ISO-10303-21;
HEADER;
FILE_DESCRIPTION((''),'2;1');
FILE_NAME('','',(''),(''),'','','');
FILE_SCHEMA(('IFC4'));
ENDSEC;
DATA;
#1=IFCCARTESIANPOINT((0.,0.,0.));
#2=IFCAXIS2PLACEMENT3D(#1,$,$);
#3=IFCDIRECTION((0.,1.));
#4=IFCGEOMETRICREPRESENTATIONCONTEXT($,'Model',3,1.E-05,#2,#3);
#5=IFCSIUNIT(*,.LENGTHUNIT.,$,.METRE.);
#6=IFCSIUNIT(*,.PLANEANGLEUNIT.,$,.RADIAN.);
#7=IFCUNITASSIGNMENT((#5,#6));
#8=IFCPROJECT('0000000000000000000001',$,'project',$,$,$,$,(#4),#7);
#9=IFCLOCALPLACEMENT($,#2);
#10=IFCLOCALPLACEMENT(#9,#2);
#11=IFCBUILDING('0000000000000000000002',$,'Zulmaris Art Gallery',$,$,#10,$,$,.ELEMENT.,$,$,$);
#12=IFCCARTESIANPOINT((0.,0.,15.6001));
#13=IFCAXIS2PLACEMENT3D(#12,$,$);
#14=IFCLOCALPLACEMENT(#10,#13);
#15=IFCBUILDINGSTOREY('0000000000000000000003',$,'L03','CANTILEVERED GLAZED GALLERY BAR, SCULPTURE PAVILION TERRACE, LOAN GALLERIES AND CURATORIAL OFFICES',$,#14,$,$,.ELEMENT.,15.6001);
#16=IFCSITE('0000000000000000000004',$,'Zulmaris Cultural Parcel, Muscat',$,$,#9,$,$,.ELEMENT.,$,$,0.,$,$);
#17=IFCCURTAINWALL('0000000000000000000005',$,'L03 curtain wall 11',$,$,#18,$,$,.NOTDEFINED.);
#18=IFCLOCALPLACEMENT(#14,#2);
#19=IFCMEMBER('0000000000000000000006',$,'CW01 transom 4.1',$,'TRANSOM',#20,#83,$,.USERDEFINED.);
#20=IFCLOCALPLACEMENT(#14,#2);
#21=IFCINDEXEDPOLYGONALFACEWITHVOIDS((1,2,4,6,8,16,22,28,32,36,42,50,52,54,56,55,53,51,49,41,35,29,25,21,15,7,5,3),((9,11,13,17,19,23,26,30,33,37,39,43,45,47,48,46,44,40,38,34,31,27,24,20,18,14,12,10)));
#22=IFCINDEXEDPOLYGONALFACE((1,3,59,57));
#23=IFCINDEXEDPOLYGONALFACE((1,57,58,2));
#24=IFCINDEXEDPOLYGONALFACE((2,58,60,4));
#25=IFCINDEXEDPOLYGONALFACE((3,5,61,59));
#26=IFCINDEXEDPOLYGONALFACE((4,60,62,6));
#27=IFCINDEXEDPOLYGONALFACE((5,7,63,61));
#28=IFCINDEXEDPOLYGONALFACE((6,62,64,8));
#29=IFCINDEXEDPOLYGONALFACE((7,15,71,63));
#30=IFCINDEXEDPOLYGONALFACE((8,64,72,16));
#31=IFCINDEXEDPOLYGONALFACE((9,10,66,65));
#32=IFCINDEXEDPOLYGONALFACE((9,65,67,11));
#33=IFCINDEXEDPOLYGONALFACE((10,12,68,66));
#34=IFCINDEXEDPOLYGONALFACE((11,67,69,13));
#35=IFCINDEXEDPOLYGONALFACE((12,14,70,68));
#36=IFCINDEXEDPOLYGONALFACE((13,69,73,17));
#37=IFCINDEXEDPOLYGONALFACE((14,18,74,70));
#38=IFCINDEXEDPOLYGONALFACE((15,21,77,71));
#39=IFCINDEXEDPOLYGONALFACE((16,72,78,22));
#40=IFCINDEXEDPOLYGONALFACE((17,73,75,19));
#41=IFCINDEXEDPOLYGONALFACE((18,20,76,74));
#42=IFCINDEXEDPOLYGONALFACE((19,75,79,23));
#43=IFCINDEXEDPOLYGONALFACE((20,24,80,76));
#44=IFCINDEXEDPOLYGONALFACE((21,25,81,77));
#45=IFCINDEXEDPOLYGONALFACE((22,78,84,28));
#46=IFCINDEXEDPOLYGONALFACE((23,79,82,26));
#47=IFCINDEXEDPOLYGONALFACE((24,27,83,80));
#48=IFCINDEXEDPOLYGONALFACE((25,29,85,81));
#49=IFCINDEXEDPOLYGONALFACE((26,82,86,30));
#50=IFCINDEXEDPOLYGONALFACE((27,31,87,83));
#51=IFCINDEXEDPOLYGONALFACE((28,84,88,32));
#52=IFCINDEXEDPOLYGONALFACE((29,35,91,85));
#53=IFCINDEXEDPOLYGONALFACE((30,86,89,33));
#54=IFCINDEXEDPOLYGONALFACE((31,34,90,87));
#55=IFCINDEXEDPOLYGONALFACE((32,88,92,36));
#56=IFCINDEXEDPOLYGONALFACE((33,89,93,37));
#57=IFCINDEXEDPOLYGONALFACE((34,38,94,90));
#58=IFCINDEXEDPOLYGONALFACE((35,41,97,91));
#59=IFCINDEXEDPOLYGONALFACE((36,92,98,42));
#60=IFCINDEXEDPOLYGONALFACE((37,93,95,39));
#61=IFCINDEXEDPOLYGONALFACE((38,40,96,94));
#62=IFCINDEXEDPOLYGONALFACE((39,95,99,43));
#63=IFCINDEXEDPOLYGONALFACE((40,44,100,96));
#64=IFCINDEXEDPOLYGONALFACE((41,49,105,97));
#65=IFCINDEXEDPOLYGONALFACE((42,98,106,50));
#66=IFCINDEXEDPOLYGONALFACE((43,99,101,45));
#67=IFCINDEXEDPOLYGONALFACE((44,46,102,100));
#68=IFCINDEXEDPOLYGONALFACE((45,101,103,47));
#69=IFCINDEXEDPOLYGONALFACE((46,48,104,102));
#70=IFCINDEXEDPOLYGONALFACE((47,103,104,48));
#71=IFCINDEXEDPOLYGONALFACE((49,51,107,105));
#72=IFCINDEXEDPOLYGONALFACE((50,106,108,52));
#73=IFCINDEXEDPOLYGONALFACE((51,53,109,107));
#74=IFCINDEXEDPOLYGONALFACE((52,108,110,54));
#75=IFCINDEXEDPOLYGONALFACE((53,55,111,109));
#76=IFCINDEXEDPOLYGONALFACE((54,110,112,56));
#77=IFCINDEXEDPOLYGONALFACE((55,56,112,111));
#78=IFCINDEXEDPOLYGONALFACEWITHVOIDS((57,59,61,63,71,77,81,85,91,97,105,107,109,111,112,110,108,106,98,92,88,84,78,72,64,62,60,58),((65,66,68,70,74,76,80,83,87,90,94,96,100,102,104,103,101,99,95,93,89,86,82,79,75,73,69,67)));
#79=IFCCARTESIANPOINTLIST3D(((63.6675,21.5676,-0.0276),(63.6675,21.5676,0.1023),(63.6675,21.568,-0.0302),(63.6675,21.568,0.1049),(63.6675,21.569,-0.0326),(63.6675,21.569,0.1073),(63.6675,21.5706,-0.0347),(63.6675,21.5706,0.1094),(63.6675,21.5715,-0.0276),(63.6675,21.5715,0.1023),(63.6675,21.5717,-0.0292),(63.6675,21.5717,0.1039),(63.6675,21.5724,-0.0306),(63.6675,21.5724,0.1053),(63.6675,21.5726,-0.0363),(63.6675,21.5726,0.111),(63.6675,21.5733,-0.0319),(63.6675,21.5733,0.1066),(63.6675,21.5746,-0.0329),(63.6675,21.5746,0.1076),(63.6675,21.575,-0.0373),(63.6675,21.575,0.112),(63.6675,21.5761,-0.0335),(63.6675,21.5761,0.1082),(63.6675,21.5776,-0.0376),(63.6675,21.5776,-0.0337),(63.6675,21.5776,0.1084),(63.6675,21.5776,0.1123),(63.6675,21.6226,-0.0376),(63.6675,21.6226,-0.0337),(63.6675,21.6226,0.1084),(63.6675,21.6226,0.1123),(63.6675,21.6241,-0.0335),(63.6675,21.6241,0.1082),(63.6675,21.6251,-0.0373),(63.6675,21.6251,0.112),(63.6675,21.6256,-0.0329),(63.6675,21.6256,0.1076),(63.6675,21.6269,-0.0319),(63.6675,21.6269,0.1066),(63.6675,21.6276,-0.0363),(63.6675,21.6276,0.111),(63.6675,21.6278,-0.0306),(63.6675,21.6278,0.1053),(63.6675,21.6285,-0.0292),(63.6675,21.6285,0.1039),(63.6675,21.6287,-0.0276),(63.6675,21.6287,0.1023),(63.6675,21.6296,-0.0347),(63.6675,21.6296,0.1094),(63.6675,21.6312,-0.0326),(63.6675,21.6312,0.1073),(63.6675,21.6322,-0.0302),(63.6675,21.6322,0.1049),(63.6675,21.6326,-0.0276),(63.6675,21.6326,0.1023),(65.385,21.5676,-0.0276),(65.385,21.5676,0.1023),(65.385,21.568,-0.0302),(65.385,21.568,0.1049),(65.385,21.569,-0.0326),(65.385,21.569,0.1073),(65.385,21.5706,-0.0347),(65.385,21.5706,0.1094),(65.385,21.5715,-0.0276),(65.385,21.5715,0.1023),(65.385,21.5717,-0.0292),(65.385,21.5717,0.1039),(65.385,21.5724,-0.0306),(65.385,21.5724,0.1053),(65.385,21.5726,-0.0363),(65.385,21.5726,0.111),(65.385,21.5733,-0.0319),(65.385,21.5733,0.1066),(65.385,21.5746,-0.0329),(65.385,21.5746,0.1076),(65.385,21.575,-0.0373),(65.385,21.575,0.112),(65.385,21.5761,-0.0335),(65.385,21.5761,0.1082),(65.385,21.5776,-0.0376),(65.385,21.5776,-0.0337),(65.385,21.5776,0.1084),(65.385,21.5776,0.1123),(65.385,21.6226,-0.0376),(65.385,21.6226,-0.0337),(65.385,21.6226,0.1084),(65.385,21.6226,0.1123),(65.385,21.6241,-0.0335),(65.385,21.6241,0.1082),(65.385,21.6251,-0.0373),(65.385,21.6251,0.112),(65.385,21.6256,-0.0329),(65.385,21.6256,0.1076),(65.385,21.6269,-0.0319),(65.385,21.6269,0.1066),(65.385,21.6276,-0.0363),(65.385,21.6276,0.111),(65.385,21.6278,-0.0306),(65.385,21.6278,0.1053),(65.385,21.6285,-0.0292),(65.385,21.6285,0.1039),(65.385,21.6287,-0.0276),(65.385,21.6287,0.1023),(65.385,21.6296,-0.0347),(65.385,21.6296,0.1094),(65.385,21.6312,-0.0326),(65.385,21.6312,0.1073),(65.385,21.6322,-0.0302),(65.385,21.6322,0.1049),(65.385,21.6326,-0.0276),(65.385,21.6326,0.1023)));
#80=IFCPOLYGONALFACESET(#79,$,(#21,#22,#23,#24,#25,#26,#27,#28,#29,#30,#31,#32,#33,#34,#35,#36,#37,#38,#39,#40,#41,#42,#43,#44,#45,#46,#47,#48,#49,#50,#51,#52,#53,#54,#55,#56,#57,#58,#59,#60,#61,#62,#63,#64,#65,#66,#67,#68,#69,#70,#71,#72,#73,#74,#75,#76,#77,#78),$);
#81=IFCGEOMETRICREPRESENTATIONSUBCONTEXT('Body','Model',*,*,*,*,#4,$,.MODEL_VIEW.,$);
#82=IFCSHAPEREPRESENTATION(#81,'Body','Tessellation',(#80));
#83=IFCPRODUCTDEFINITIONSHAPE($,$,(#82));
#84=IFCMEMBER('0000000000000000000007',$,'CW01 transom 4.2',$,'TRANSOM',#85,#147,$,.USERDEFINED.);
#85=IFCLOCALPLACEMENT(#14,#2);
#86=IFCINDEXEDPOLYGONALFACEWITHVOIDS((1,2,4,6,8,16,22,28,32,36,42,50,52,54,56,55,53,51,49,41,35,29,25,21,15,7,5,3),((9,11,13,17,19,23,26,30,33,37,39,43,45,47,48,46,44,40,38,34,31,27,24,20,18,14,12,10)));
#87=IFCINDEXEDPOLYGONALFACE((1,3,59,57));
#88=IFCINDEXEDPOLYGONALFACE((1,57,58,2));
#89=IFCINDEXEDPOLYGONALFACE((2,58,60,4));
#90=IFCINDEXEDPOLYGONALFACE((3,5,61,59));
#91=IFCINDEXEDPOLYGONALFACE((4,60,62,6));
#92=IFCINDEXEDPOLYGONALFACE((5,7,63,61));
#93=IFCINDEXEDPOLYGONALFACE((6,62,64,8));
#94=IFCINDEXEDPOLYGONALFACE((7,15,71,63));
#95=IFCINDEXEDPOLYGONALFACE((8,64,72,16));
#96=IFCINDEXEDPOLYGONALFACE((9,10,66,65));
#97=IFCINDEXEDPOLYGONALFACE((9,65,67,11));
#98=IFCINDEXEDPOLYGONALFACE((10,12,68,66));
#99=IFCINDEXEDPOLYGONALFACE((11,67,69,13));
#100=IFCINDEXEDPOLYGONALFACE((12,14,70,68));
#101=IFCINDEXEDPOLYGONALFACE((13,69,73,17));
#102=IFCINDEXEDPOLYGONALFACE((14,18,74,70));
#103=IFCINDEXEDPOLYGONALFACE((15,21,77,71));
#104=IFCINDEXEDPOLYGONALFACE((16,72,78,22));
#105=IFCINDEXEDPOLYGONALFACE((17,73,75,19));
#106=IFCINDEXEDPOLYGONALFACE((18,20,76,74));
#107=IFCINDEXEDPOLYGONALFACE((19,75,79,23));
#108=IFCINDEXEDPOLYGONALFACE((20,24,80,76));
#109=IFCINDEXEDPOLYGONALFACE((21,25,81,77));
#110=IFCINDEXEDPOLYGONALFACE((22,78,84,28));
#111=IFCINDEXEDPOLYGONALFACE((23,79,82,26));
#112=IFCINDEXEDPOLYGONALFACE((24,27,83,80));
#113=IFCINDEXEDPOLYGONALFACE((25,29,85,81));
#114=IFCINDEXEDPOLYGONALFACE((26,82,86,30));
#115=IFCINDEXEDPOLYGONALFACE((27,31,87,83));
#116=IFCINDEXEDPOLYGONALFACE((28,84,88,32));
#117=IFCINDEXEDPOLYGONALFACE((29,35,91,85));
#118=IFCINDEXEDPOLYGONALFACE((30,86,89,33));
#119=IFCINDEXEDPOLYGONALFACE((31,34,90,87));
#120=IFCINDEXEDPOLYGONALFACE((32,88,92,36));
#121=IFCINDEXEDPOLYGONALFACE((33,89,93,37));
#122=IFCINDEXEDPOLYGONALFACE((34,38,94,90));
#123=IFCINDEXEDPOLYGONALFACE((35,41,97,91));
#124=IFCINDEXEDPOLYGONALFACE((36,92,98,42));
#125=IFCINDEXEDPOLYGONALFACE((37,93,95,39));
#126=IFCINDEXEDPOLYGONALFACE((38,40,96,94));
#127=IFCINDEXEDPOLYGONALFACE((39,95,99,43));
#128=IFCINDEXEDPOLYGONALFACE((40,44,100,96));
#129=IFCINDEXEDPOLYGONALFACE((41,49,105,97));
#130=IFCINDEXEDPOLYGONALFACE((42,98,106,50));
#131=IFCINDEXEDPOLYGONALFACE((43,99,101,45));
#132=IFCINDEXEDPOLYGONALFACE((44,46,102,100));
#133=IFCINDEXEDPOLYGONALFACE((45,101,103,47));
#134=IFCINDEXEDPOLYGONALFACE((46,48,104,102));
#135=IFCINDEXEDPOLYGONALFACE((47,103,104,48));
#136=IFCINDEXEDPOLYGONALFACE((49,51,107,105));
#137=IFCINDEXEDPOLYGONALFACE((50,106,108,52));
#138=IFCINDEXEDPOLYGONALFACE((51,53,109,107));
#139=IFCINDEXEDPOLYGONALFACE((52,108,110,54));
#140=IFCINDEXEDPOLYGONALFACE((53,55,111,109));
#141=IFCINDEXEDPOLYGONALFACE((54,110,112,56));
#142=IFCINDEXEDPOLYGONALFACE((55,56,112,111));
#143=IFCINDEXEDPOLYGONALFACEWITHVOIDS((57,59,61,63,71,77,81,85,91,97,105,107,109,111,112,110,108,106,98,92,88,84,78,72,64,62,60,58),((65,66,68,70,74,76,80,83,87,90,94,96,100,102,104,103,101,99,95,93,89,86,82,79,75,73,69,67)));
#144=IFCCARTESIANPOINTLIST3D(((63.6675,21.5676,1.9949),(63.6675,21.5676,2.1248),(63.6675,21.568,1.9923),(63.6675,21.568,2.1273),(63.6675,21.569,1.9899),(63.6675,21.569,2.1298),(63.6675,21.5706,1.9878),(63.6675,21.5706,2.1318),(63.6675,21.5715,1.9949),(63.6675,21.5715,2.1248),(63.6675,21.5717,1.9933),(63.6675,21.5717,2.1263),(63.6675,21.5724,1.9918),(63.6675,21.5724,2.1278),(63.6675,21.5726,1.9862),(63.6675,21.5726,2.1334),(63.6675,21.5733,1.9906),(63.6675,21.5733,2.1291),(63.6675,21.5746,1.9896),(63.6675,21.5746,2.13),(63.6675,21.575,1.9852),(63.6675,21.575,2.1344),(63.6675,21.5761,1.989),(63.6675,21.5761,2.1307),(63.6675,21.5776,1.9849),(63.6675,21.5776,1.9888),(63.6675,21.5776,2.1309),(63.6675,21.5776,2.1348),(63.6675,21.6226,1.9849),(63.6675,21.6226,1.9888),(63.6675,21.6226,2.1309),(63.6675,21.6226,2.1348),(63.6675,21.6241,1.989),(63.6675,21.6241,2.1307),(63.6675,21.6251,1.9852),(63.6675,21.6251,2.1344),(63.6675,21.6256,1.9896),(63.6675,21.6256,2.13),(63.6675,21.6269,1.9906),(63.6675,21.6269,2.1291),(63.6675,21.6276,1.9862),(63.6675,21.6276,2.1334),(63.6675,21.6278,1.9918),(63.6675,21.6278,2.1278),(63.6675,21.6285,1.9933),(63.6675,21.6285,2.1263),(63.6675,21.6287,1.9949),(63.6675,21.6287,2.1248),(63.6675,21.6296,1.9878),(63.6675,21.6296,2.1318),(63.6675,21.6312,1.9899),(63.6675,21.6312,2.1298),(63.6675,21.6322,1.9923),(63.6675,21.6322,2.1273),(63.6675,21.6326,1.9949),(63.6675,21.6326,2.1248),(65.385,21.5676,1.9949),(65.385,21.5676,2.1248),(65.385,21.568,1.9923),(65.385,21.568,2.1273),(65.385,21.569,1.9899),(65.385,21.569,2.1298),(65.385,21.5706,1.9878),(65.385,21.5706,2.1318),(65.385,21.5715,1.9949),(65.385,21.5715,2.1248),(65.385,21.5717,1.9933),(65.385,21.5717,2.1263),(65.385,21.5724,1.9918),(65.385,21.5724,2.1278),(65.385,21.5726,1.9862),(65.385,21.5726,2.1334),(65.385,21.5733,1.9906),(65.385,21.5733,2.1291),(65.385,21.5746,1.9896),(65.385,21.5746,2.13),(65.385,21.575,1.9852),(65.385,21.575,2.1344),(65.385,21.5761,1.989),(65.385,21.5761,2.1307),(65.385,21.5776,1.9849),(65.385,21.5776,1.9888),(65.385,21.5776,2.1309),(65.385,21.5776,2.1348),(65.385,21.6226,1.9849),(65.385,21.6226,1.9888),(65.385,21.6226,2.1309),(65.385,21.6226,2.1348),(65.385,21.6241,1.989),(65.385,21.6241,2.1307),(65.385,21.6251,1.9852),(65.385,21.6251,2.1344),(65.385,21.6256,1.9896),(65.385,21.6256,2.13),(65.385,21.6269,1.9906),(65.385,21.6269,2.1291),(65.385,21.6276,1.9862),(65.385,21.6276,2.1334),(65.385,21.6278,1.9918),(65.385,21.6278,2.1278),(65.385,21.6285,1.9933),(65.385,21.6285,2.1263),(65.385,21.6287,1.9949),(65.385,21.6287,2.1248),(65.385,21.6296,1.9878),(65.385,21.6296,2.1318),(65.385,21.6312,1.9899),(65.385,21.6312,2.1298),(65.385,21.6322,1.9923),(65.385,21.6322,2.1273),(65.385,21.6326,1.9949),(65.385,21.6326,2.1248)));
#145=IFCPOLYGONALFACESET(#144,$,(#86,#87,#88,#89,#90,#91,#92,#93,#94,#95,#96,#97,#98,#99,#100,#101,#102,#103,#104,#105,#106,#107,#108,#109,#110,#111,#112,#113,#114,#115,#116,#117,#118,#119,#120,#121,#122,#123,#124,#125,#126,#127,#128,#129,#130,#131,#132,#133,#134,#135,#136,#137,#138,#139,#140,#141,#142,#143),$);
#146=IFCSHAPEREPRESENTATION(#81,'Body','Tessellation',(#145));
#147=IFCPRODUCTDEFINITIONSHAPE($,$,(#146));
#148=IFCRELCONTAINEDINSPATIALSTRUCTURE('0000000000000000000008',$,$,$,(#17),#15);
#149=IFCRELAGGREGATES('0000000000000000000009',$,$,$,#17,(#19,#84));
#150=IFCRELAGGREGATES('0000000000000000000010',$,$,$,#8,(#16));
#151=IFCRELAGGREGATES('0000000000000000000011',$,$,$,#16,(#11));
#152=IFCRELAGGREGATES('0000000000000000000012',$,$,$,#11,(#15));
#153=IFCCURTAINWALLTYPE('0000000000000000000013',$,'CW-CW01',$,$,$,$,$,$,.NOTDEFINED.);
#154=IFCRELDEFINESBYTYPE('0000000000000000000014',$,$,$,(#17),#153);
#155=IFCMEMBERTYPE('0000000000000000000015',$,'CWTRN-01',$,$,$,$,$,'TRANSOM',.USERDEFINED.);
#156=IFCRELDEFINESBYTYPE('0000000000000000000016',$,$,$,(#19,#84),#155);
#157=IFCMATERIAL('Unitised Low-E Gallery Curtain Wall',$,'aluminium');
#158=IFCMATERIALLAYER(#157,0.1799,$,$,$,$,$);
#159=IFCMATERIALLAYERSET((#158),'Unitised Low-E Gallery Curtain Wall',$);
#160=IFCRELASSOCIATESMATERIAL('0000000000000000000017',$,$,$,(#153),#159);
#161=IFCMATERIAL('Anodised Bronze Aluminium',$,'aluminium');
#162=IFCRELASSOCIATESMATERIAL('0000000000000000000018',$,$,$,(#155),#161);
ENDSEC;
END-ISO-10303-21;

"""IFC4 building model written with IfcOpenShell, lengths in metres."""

from ifc_helpers import new_model, si_unit, direction, frame, origin, origin_2d, place, context, subcontext, project, spatial, hollow_rectangle, extrude, material, layer, layer_set, material_profile, profile_set, type_object, element, aggregate, save


model = new_model("IFC4")

# Units and contexts
model_context = context("Model", 3, precision=1e-05, world=origin(), true_north=direction((0.0, 1.0)))
body_context = subcontext(model_context, "Body", "Model", "MODEL_VIEW")
ifc_project = project(units=[si_unit("LENGTHUNIT", "METRE"), si_unit("PLANEANGLEUNIT", "RADIAN")], contexts=[model_context])

# Site, building, storey
site_placement = place(None, origin())
site = spatial("IfcSite", under=ifc_project, at=site_placement, Name="Zulmaris Cultural Parcel, Muscat", CompositionType="ELEMENT", RefElevation=0.0)
building_placement = place(site_placement, origin())
building = spatial("IfcBuilding", under=site, at=building_placement, Name="Zulmaris Art Gallery", CompositionType="ELEMENT")
storey_placement = place(building_placement, frame((0.0, 0.0, 15.6001)))
storey = spatial("IfcBuildingStorey", under=building, at=storey_placement, Name="L03", Description="CANTILEVERED GLAZED GALLERY BAR, SCULPTURE PAVILION TERRACE, LOAN GALLERIES AND CURATORIAL OFFICES", CompositionType="ELEMENT", Elevation=15.6001)

# Curtain wall
ifc_material_1 = material(Name="Unitised Low-E Gallery Curtain Wall", Category="aluminium")
ifc_layer_1 = layer(ifc_material_1, 0.1799)
ifc_layer_set_1 = layer_set([ifc_layer_1], Name="Unitised Low-E Gallery Curtain Wall")
curtain_wall_type_1 = type_object("IfcCurtainWallType", Name="CW-CW01", PredefinedType="NOTDEFINED", material=ifc_layer_set_1)
curtain_wall_1_placement = place(storey_placement, origin())
curtain_wall_1 = element("IfcCurtainWall", 1, at=curtain_wall_1_placement, inside=storey, type_object=curtain_wall_type_1, Name="L03 curtain wall 11", PredefinedType="NOTDEFINED")
ifc_material_2 = material(Name="Anodised Bronze Aluminium", Category="aluminium")

# Members
ifc_material_profile_1 = material_profile(ifc_material_2, hollow_rectangle(XDim=0.0649, YDim=0.1499, WallThickness=0.0039, InnerFilletRadius=0.0061, OuterFilletRadius=0.01, at=origin_2d()), Name="ALU 65x150x4")
ifc_profile_set_1 = profile_set([ifc_material_profile_1], Name="Anodised Bronze Aluminium")
member_type_1 = type_object("IfcMemberType", Name="CWTRN-01", ElementType="TRANSOM", PredefinedType="USERDEFINED", material=ifc_profile_set_1)
member_1_placement = place(storey_placement, frame((63.6675, 21.6001, 0.0374), z_axis=(1.0, 0.0, 0.0), x_axis=(0.0, 1.0, 0.0)))
member_1 = element("IfcMember", 2, at=member_1_placement, type_object=member_type_1, Name="CW01 transom 4.1", ObjectType="TRANSOM", PredefinedType="USERDEFINED", context=body_context, shape_type="SweptSolid", body=[
    extrude(hollow_rectangle(XDim=0.0649, YDim=0.1499, WallThickness=0.0039, InnerFilletRadius=0.0061, OuterFilletRadius=0.01, at=origin_2d()), origin(), (0.0, 0.0, 1.0), 1.7175),
])
member_2_placement = place(storey_placement, frame((63.6675, 21.6001, 2.0598), z_axis=(1.0, 0.0, 0.0), x_axis=(0.0, 1.0, 0.0)))
member_2 = element("IfcMember", 3, at=member_2_placement, type_object=member_type_1, Name="CW01 transom 4.2", ObjectType="TRANSOM", PredefinedType="USERDEFINED", context=body_context, shape_type="SweptSolid", body=[
    extrude(hollow_rectangle(XDim=0.0649, YDim=0.1499, WallThickness=0.0039, InnerFilletRadius=0.0061, OuterFilletRadius=0.01, at=origin_2d()), origin(), (0.0, 0.0, 1.0), 1.7175),
])

aggregate(curtain_wall_1, [member_1, member_2])

save(model, "model.ifc")
